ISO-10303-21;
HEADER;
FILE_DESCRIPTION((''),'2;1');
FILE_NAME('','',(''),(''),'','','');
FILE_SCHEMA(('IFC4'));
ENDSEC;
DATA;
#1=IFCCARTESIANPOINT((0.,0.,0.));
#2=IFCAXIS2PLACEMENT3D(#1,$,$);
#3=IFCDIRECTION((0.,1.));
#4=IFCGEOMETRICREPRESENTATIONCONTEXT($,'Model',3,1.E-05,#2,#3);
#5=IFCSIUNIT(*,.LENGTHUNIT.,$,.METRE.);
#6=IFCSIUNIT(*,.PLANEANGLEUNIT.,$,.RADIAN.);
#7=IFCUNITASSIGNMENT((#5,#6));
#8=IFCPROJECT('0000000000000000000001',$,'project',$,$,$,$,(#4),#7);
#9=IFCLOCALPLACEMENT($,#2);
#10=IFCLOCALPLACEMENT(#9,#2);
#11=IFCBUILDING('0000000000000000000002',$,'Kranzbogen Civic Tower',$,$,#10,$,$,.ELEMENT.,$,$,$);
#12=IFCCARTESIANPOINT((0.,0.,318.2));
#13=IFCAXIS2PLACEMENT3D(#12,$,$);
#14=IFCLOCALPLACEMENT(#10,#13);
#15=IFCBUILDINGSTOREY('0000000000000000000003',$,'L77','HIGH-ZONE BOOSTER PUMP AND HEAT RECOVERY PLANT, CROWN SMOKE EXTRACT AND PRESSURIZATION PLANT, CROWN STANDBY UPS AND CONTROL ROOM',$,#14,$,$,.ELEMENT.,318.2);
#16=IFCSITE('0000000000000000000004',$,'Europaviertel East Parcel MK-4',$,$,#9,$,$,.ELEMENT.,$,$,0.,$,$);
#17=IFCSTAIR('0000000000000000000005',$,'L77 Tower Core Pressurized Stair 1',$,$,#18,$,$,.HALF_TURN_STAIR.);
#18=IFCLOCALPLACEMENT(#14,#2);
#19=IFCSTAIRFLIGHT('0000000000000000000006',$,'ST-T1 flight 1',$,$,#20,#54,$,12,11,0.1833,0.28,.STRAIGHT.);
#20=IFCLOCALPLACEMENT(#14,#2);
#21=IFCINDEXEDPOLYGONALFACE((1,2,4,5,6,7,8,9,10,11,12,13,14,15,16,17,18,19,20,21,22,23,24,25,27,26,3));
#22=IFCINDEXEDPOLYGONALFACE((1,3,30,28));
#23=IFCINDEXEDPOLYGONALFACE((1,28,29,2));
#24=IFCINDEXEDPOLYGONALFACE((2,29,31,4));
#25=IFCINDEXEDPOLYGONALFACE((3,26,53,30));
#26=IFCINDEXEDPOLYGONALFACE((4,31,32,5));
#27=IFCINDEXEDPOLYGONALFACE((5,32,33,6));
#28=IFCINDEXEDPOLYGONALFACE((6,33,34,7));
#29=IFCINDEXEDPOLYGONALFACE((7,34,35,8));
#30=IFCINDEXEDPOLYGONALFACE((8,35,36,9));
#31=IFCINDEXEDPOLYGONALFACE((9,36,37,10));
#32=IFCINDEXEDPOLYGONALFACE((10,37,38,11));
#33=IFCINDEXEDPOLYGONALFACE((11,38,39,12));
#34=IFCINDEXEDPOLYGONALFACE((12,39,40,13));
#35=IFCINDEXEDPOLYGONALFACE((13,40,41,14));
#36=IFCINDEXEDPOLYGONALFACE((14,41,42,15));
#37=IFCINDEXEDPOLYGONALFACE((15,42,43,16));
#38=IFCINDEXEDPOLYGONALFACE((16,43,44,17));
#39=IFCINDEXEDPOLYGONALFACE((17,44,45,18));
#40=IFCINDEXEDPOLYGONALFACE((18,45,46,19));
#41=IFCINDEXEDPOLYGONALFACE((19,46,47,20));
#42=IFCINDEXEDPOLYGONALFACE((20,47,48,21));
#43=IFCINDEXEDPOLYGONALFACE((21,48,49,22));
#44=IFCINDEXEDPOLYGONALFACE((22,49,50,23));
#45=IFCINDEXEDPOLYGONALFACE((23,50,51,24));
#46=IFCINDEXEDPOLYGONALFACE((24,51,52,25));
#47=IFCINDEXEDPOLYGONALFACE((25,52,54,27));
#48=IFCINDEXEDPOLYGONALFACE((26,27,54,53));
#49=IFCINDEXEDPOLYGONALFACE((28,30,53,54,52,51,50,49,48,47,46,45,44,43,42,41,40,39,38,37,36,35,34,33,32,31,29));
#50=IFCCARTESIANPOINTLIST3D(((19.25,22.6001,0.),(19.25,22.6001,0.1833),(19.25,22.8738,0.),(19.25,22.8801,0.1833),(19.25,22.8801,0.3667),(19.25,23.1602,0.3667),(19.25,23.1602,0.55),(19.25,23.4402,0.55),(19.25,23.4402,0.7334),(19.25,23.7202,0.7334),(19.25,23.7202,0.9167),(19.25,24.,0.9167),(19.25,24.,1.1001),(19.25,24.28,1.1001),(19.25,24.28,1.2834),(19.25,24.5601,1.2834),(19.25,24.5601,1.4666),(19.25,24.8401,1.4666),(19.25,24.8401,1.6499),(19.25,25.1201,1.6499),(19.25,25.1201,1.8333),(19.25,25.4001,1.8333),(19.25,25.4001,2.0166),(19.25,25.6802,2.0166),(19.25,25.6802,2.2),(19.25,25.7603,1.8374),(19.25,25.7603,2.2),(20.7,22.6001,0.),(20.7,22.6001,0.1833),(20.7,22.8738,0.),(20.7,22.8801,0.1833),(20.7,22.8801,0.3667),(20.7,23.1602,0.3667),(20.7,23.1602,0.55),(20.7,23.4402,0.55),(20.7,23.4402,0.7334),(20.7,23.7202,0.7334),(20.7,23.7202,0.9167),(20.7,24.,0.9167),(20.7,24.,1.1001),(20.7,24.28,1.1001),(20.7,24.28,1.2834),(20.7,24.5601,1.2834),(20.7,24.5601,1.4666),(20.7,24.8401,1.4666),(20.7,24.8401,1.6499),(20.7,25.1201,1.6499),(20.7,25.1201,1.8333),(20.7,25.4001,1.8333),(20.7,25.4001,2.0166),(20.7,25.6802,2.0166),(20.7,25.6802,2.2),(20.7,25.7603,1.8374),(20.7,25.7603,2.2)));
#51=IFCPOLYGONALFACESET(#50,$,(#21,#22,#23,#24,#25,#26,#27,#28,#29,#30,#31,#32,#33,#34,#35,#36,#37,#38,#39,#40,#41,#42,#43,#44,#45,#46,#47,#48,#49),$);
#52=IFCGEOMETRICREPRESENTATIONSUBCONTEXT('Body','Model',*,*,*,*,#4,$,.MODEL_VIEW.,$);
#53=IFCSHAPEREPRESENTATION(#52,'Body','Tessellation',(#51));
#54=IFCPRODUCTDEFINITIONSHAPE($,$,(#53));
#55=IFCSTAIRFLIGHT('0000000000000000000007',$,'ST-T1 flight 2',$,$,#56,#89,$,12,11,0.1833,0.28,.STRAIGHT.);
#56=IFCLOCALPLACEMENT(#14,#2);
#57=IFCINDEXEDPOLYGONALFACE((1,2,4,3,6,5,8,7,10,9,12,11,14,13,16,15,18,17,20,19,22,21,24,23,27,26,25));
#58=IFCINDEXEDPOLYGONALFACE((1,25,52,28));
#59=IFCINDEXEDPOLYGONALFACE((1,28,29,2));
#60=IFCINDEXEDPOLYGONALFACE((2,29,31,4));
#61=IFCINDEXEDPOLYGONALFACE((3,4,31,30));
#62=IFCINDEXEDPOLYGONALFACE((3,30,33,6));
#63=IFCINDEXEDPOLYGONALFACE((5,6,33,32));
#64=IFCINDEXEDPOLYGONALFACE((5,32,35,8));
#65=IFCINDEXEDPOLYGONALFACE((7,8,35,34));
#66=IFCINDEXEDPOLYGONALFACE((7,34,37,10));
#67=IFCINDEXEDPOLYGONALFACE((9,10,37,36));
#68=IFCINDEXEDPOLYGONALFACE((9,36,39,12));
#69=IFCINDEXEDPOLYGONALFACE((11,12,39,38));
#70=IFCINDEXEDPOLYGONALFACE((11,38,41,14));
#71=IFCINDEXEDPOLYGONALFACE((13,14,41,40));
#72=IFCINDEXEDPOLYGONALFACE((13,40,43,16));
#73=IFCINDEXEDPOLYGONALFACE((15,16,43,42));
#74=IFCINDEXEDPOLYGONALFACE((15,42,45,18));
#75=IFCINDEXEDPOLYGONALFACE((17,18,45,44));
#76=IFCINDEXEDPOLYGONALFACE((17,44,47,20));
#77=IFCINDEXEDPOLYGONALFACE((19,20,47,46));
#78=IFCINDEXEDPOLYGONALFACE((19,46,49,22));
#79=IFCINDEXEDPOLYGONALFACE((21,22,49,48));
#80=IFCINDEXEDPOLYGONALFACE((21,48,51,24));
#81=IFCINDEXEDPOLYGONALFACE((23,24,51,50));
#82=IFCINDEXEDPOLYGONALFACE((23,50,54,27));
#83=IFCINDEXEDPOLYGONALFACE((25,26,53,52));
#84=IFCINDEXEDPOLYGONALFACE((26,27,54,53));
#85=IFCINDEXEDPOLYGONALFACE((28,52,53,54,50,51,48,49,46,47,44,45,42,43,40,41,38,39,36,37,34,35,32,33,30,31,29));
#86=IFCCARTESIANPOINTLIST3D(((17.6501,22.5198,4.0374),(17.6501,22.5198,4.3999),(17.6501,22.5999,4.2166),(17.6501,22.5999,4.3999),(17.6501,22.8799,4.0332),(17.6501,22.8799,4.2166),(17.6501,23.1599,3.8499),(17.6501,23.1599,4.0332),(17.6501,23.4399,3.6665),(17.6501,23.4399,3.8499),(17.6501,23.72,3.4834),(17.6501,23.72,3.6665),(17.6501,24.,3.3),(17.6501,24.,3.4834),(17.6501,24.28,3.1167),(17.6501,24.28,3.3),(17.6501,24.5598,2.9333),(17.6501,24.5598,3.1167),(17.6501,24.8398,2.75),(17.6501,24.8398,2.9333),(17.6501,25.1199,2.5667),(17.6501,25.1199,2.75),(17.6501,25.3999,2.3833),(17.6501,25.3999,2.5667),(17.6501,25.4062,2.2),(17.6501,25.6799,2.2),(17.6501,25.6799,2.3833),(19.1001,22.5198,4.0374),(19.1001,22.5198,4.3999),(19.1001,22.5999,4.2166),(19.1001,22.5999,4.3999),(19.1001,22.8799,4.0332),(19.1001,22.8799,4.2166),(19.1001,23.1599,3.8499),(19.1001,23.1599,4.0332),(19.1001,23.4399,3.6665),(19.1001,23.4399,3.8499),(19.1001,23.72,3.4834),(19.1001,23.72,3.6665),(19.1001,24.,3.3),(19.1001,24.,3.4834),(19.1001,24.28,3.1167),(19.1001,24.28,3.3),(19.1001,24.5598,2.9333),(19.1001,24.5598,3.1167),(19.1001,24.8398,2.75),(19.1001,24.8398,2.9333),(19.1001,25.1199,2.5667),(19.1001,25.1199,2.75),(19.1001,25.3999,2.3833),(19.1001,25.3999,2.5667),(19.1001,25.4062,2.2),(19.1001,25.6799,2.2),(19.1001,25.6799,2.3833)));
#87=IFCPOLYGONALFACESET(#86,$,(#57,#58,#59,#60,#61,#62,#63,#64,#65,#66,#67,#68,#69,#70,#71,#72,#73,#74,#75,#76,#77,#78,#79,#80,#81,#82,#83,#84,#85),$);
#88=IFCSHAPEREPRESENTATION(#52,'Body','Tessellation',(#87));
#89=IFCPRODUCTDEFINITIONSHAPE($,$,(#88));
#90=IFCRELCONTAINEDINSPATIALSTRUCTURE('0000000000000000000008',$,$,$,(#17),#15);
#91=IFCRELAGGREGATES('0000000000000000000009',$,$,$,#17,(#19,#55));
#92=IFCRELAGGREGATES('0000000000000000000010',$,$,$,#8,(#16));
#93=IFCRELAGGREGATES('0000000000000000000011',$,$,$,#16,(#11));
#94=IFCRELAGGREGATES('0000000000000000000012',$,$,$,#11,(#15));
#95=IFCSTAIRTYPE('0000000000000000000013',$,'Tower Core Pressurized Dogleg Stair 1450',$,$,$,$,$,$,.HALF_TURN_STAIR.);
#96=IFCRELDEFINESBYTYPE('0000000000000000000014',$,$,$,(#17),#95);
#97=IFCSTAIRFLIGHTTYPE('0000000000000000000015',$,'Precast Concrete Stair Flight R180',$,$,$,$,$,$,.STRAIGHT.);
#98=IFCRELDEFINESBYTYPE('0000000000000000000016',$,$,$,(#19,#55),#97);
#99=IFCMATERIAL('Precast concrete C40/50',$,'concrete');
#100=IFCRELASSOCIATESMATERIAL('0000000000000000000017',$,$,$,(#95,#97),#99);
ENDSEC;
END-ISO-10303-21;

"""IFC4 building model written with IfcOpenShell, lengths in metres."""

from ifc_helpers import new_model, si_unit, direction, frame, origin, place, context, subcontext, project, spatial, polyline, outline, extrude, material, type_object, element, aggregate, save


model = new_model("IFC4")

# Units and contexts
model_context = context("Model", 3, precision=1e-05, world=origin(), true_north=direction((0.0, 1.0)))
body_context = subcontext(model_context, "Body", "Model", "MODEL_VIEW")
ifc_project = project(units=[si_unit("LENGTHUNIT", "METRE"), si_unit("PLANEANGLEUNIT", "RADIAN")], contexts=[model_context])

# Site, building, storey
site_placement = place(None, origin())
site = spatial("IfcSite", under=ifc_project, at=site_placement, Name="Europaviertel East Parcel MK-4", CompositionType="ELEMENT", RefElevation=0.0)
building_placement = place(site_placement, origin())
building = spatial("IfcBuilding", under=site, at=building_placement, Name="Kranzbogen Civic Tower", CompositionType="ELEMENT")
storey_placement = place(building_placement, frame((0.0, 0.0, 318.2)))
storey = spatial("IfcBuildingStorey", under=building, at=storey_placement, Name="L77", Description="HIGH-ZONE BOOSTER PUMP AND HEAT RECOVERY PLANT, CROWN SMOKE EXTRACT AND PRESSURIZATION PLANT, CROWN STANDBY UPS AND CONTROL ROOM", CompositionType="ELEMENT", Elevation=318.2)

# Stair, stair flights
ifc_material_1 = material(Name="Precast concrete C40/50", Category="concrete")
stair_type = type_object("IfcStairType", Name="Tower Core Pressurized Dogleg Stair 1450", PredefinedType="HALF_TURN_STAIR", material=ifc_material_1)
stair_placement = place(storey_placement, origin())
stair = element("IfcStair", 1, at=stair_placement, inside=storey, type_object=stair_type, Name="L77 Tower Core Pressurized Stair 1", PredefinedType="HALF_TURN_STAIR")
stair_flight_type = type_object("IfcStairFlightType", Name="Precast Concrete Stair Flight R180", PredefinedType="STRAIGHT", material=ifc_material_1)
stair_flight_1_placement = place(storey_placement, frame((19.9751, 22.6001, 0.0), z_axis=(0.0, 0.0, 1.0), x_axis=(0.0, 1.0, 0.0)))
stair_flight_1 = element("IfcStairFlight", 2, at=stair_flight_1_placement, type_object=stair_flight_type, Name="ST-T1 flight 1", NumberOfRisers=12, NumberOfTreads=11, PredefinedType="STRAIGHT", RiserHeight=0.1833, TreadLength=0.28, context=body_context, shape_type="SweptSolid", body=[
    extrude(outline(polyline([(0.0, 0.0), (0.0, 0.1833), (0.28, 0.1833), (0.28, 0.3667), (0.5601, 0.3667), (0.5601, 0.55), (0.8401, 0.55), (0.8401, 0.7334), (1.1201, 0.7334), (1.1201, 0.9167), (1.3999, 0.9167), (1.3999, 1.1001), (1.6799, 1.1001), (1.6799, 1.2834), (1.96, 1.2834), (1.96, 1.4666), (2.24, 1.4666), (2.24, 1.6499), (2.52, 1.6499), (2.52, 1.8333), (2.8, 1.8333), (2.8, 2.0166), (3.0801, 2.0166), (3.0801, 2.2), (3.1602, 2.2), (3.1602, 1.8374), (0.2737, 0.0), (0.0, 0.0)])), frame((0.0, 0.7251, 0.0), z_axis=(0.0, -1.0, 0.0), x_axis=(1.0, 0.0, 0.0)), (0.0, 0.0, 1.0), 1.45),
])
stair_flight_2_placement = place(storey_placement, frame((18.375, 25.6799, 2.2), z_axis=(0.0, 0.0, 1.0), x_axis=(0.0, -1.0, 0.0)))
stair_flight_2 = element("IfcStairFlight", 3, at=stair_flight_2_placement, type_object=stair_flight_type, Name="ST-T1 flight 2", NumberOfRisers=12, NumberOfTreads=11, PredefinedType="STRAIGHT", RiserHeight=0.1833, TreadLength=0.28, context=body_context, shape_type="SweptSolid", body=[
    extrude(outline(polyline([(0.0, 0.0), (0.0, 0.1833), (0.28, 0.1833), (0.28, 0.3667), (0.5601, 0.3667), (0.5601, 0.55), (0.8401, 0.55), (0.8401, 0.7334), (1.1201, 0.7334), (1.1201, 0.9167), (1.3999, 0.9167), (1.3999, 1.1001), (1.6799, 1.1001), (1.6799, 1.2834), (1.96, 1.2834), (1.96, 1.4666), (2.24, 1.4666), (2.24, 1.6499), (2.52, 1.6499), (2.52, 1.8333), (2.8, 1.8333), (2.8, 2.0166), (3.0801, 2.0166), (3.0801, 2.2), (3.1602, 2.2), (3.1602, 1.8374), (0.2737, 0.0), (0.0, 0.0)])), frame((0.0, 0.7251, 0.0), z_axis=(0.0, -1.0, 0.0), x_axis=(1.0, 0.0, 0.0)), (0.0, 0.0, 1.0), 1.45),
])
aggregate(stair, [stair_flight_1, stair_flight_2])

save(model, "model.ifc")
